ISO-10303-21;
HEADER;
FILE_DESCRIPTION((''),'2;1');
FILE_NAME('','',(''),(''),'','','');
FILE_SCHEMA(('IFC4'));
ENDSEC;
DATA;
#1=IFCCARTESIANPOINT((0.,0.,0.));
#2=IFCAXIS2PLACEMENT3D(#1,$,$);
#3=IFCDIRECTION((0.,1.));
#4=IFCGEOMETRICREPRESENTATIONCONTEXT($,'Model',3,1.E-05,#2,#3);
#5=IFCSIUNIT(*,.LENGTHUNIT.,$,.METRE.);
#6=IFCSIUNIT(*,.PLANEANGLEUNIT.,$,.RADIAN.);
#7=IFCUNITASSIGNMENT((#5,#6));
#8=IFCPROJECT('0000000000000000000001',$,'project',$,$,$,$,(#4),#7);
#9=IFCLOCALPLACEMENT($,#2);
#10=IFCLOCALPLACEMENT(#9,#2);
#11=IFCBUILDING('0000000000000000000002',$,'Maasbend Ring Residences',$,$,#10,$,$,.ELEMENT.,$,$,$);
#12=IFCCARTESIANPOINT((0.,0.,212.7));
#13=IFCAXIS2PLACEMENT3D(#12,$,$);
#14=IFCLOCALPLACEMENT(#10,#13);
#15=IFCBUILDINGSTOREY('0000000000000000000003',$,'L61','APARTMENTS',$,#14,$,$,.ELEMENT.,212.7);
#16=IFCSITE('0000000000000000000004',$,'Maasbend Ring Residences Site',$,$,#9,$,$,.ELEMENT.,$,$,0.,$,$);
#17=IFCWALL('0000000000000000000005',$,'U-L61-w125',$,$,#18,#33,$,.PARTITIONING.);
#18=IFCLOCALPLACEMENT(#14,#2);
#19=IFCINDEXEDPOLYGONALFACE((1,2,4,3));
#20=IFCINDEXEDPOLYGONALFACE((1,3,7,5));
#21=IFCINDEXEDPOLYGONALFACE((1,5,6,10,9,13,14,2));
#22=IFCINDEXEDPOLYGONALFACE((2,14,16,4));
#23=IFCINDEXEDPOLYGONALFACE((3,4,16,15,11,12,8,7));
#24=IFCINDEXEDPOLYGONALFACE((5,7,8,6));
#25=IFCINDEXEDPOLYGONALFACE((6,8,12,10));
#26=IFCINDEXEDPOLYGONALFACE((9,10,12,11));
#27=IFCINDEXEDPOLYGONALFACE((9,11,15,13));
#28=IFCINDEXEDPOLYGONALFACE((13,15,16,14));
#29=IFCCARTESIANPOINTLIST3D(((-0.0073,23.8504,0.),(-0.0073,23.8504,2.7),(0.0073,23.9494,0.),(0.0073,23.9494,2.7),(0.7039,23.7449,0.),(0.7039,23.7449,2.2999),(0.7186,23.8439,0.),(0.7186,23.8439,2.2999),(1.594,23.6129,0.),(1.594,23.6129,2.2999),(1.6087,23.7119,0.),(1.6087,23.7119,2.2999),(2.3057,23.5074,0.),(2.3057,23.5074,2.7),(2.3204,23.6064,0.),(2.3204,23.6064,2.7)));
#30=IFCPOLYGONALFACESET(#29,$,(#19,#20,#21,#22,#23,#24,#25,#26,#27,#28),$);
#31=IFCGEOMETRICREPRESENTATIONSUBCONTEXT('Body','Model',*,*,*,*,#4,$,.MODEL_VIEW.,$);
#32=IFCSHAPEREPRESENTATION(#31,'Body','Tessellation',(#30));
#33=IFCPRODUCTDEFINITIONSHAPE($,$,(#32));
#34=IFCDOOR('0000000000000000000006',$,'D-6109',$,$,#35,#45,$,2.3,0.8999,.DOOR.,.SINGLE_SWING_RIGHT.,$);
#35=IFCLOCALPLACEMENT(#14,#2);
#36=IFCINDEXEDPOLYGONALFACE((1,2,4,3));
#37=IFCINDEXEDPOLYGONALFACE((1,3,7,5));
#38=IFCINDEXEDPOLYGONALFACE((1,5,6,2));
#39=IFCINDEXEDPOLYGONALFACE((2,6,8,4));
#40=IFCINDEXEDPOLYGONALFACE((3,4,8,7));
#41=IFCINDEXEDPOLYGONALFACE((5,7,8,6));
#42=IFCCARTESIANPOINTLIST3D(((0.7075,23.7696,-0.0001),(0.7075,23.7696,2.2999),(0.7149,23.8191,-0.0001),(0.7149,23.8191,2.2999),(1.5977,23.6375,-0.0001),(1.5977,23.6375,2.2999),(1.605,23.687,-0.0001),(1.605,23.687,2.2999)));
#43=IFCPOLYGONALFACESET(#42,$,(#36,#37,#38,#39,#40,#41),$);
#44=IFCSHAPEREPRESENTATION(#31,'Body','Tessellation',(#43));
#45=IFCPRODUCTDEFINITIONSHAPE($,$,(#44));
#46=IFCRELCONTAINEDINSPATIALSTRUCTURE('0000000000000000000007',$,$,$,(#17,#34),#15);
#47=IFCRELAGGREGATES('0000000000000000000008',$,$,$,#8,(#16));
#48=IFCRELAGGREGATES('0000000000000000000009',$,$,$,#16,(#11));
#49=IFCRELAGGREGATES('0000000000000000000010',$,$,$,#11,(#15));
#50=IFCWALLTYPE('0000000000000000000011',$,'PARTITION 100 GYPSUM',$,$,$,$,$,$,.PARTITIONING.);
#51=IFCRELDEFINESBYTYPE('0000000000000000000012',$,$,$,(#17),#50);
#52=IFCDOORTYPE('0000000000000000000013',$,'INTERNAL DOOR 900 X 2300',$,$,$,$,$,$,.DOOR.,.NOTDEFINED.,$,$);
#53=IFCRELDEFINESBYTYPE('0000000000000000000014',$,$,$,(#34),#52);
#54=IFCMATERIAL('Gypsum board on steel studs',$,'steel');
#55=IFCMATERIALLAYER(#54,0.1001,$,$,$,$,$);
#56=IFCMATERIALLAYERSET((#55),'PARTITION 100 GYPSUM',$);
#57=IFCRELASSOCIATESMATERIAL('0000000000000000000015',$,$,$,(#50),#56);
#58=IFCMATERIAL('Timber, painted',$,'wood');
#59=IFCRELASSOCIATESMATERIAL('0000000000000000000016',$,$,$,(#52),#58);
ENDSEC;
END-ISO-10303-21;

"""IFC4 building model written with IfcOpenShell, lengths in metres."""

from ifc_helpers import new_model, si_unit, direction, frame, frame_2d, origin, place, context, subcontext, project, spatial, rectangle, extrude, material, layer, layer_set, type_object, element, fill, save


model = new_model("IFC4")

# Units and contexts
model_context = context("Model", 3, precision=1e-05, world=origin(), true_north=direction((0.0, 1.0)))
body_context = subcontext(model_context, "Body", "Model", "MODEL_VIEW")
ifc_project = project(units=[si_unit("LENGTHUNIT", "METRE"), si_unit("PLANEANGLEUNIT", "RADIAN")], contexts=[model_context])

# Site, building, storey
site_placement = place(None, origin())
site = spatial("IfcSite", under=ifc_project, at=site_placement, Name="Maasbend Ring Residences Site", CompositionType="ELEMENT", RefElevation=0.0)
building_placement = place(site_placement, origin())
building = spatial("IfcBuilding", under=site, at=building_placement, Name="Maasbend Ring Residences", CompositionType="ELEMENT")
storey_placement = place(building_placement, frame((0.0, 0.0, 212.7)))
storey = spatial("IfcBuildingStorey", under=building, at=storey_placement, Name="L61", Description="APARTMENTS", CompositionType="ELEMENT", Elevation=212.7)

# Wall, opening, door
ifc_material_1 = material(Name="Gypsum board on steel studs", Category="steel")
ifc_layer_1 = layer(ifc_material_1, 0.1001)
ifc_layer_set_1 = layer_set([ifc_layer_1], Name="PARTITION 100 GYPSUM")
wall_type_1 = type_object("IfcWallType", Name="PARTITION 100 GYPSUM", PredefinedType="PARTITIONING", material=ifc_layer_set_1)
wall_1_placement = place(storey_placement, frame((0.0, 23.8999, 0.0), z_axis=(0.0, 0.0, 1.0), x_axis=(0.989182, -0.146696, 0.0)))
wall_1 = element("IfcWall", 1, at=wall_1_placement, inside=storey, type_object=wall_type_1, Name="U-L61-w125", PredefinedType="PARTITIONING", context=body_context, shape_type="SweptSolid", body=[
    extrude(rectangle(XDim=2.3384, YDim=0.1001, at=frame_2d((1.1692, 0.0))), origin(), (0.0, 0.0, 1.0), 2.7),
])
opening_1_placement = place(wall_1_placement, frame((0.719, 0.0, 0.0)))
opening_1 = element("IfcOpeningElement", 2, at=opening_1_placement, cuts=wall_1, PredefinedType="OPENING", context=body_context, shape_type="SweptSolid", body=[
    extrude(rectangle(XDim=0.8999, YDim=2.3, at=frame_2d((0.45, 1.1499))), frame((0.0, 0.0601, 0.0), z_axis=(0.0, -1.0, 0.0), x_axis=(1.0, 0.0, 0.0)), (0.0, 0.0, 1.0), 0.1201),
])
ifc_material_2 = material(Name="Timber, painted", Category="wood")
door_type_1 = type_object("IfcDoorType", Name="INTERNAL DOOR 900 X 2300", OperationType="NOTDEFINED", PredefinedType="DOOR", material=ifc_material_2)
door_1_placement = place(opening_1_placement, origin())
door_1 = element("IfcDoor", 3, at=door_1_placement, inside=storey, type_object=door_type_1, Name="D-6109", OperationType="SINGLE_SWING_RIGHT", OverallHeight=2.3, OverallWidth=0.8999, PredefinedType="DOOR", context=body_context, shape_type="SweptSolid", body=[
    extrude(rectangle(XDim=0.8999, YDim=2.3, at=frame_2d((0.45, 1.1499))), frame((0.0, 0.0249, 0.0), z_axis=(0.0, -1.0, 0.0), x_axis=(1.0, 0.0, 0.0)), (0.0, 0.0, 1.0), 0.05),
])
fill(opening_1, door_1)

save(model, "model.ifc")
